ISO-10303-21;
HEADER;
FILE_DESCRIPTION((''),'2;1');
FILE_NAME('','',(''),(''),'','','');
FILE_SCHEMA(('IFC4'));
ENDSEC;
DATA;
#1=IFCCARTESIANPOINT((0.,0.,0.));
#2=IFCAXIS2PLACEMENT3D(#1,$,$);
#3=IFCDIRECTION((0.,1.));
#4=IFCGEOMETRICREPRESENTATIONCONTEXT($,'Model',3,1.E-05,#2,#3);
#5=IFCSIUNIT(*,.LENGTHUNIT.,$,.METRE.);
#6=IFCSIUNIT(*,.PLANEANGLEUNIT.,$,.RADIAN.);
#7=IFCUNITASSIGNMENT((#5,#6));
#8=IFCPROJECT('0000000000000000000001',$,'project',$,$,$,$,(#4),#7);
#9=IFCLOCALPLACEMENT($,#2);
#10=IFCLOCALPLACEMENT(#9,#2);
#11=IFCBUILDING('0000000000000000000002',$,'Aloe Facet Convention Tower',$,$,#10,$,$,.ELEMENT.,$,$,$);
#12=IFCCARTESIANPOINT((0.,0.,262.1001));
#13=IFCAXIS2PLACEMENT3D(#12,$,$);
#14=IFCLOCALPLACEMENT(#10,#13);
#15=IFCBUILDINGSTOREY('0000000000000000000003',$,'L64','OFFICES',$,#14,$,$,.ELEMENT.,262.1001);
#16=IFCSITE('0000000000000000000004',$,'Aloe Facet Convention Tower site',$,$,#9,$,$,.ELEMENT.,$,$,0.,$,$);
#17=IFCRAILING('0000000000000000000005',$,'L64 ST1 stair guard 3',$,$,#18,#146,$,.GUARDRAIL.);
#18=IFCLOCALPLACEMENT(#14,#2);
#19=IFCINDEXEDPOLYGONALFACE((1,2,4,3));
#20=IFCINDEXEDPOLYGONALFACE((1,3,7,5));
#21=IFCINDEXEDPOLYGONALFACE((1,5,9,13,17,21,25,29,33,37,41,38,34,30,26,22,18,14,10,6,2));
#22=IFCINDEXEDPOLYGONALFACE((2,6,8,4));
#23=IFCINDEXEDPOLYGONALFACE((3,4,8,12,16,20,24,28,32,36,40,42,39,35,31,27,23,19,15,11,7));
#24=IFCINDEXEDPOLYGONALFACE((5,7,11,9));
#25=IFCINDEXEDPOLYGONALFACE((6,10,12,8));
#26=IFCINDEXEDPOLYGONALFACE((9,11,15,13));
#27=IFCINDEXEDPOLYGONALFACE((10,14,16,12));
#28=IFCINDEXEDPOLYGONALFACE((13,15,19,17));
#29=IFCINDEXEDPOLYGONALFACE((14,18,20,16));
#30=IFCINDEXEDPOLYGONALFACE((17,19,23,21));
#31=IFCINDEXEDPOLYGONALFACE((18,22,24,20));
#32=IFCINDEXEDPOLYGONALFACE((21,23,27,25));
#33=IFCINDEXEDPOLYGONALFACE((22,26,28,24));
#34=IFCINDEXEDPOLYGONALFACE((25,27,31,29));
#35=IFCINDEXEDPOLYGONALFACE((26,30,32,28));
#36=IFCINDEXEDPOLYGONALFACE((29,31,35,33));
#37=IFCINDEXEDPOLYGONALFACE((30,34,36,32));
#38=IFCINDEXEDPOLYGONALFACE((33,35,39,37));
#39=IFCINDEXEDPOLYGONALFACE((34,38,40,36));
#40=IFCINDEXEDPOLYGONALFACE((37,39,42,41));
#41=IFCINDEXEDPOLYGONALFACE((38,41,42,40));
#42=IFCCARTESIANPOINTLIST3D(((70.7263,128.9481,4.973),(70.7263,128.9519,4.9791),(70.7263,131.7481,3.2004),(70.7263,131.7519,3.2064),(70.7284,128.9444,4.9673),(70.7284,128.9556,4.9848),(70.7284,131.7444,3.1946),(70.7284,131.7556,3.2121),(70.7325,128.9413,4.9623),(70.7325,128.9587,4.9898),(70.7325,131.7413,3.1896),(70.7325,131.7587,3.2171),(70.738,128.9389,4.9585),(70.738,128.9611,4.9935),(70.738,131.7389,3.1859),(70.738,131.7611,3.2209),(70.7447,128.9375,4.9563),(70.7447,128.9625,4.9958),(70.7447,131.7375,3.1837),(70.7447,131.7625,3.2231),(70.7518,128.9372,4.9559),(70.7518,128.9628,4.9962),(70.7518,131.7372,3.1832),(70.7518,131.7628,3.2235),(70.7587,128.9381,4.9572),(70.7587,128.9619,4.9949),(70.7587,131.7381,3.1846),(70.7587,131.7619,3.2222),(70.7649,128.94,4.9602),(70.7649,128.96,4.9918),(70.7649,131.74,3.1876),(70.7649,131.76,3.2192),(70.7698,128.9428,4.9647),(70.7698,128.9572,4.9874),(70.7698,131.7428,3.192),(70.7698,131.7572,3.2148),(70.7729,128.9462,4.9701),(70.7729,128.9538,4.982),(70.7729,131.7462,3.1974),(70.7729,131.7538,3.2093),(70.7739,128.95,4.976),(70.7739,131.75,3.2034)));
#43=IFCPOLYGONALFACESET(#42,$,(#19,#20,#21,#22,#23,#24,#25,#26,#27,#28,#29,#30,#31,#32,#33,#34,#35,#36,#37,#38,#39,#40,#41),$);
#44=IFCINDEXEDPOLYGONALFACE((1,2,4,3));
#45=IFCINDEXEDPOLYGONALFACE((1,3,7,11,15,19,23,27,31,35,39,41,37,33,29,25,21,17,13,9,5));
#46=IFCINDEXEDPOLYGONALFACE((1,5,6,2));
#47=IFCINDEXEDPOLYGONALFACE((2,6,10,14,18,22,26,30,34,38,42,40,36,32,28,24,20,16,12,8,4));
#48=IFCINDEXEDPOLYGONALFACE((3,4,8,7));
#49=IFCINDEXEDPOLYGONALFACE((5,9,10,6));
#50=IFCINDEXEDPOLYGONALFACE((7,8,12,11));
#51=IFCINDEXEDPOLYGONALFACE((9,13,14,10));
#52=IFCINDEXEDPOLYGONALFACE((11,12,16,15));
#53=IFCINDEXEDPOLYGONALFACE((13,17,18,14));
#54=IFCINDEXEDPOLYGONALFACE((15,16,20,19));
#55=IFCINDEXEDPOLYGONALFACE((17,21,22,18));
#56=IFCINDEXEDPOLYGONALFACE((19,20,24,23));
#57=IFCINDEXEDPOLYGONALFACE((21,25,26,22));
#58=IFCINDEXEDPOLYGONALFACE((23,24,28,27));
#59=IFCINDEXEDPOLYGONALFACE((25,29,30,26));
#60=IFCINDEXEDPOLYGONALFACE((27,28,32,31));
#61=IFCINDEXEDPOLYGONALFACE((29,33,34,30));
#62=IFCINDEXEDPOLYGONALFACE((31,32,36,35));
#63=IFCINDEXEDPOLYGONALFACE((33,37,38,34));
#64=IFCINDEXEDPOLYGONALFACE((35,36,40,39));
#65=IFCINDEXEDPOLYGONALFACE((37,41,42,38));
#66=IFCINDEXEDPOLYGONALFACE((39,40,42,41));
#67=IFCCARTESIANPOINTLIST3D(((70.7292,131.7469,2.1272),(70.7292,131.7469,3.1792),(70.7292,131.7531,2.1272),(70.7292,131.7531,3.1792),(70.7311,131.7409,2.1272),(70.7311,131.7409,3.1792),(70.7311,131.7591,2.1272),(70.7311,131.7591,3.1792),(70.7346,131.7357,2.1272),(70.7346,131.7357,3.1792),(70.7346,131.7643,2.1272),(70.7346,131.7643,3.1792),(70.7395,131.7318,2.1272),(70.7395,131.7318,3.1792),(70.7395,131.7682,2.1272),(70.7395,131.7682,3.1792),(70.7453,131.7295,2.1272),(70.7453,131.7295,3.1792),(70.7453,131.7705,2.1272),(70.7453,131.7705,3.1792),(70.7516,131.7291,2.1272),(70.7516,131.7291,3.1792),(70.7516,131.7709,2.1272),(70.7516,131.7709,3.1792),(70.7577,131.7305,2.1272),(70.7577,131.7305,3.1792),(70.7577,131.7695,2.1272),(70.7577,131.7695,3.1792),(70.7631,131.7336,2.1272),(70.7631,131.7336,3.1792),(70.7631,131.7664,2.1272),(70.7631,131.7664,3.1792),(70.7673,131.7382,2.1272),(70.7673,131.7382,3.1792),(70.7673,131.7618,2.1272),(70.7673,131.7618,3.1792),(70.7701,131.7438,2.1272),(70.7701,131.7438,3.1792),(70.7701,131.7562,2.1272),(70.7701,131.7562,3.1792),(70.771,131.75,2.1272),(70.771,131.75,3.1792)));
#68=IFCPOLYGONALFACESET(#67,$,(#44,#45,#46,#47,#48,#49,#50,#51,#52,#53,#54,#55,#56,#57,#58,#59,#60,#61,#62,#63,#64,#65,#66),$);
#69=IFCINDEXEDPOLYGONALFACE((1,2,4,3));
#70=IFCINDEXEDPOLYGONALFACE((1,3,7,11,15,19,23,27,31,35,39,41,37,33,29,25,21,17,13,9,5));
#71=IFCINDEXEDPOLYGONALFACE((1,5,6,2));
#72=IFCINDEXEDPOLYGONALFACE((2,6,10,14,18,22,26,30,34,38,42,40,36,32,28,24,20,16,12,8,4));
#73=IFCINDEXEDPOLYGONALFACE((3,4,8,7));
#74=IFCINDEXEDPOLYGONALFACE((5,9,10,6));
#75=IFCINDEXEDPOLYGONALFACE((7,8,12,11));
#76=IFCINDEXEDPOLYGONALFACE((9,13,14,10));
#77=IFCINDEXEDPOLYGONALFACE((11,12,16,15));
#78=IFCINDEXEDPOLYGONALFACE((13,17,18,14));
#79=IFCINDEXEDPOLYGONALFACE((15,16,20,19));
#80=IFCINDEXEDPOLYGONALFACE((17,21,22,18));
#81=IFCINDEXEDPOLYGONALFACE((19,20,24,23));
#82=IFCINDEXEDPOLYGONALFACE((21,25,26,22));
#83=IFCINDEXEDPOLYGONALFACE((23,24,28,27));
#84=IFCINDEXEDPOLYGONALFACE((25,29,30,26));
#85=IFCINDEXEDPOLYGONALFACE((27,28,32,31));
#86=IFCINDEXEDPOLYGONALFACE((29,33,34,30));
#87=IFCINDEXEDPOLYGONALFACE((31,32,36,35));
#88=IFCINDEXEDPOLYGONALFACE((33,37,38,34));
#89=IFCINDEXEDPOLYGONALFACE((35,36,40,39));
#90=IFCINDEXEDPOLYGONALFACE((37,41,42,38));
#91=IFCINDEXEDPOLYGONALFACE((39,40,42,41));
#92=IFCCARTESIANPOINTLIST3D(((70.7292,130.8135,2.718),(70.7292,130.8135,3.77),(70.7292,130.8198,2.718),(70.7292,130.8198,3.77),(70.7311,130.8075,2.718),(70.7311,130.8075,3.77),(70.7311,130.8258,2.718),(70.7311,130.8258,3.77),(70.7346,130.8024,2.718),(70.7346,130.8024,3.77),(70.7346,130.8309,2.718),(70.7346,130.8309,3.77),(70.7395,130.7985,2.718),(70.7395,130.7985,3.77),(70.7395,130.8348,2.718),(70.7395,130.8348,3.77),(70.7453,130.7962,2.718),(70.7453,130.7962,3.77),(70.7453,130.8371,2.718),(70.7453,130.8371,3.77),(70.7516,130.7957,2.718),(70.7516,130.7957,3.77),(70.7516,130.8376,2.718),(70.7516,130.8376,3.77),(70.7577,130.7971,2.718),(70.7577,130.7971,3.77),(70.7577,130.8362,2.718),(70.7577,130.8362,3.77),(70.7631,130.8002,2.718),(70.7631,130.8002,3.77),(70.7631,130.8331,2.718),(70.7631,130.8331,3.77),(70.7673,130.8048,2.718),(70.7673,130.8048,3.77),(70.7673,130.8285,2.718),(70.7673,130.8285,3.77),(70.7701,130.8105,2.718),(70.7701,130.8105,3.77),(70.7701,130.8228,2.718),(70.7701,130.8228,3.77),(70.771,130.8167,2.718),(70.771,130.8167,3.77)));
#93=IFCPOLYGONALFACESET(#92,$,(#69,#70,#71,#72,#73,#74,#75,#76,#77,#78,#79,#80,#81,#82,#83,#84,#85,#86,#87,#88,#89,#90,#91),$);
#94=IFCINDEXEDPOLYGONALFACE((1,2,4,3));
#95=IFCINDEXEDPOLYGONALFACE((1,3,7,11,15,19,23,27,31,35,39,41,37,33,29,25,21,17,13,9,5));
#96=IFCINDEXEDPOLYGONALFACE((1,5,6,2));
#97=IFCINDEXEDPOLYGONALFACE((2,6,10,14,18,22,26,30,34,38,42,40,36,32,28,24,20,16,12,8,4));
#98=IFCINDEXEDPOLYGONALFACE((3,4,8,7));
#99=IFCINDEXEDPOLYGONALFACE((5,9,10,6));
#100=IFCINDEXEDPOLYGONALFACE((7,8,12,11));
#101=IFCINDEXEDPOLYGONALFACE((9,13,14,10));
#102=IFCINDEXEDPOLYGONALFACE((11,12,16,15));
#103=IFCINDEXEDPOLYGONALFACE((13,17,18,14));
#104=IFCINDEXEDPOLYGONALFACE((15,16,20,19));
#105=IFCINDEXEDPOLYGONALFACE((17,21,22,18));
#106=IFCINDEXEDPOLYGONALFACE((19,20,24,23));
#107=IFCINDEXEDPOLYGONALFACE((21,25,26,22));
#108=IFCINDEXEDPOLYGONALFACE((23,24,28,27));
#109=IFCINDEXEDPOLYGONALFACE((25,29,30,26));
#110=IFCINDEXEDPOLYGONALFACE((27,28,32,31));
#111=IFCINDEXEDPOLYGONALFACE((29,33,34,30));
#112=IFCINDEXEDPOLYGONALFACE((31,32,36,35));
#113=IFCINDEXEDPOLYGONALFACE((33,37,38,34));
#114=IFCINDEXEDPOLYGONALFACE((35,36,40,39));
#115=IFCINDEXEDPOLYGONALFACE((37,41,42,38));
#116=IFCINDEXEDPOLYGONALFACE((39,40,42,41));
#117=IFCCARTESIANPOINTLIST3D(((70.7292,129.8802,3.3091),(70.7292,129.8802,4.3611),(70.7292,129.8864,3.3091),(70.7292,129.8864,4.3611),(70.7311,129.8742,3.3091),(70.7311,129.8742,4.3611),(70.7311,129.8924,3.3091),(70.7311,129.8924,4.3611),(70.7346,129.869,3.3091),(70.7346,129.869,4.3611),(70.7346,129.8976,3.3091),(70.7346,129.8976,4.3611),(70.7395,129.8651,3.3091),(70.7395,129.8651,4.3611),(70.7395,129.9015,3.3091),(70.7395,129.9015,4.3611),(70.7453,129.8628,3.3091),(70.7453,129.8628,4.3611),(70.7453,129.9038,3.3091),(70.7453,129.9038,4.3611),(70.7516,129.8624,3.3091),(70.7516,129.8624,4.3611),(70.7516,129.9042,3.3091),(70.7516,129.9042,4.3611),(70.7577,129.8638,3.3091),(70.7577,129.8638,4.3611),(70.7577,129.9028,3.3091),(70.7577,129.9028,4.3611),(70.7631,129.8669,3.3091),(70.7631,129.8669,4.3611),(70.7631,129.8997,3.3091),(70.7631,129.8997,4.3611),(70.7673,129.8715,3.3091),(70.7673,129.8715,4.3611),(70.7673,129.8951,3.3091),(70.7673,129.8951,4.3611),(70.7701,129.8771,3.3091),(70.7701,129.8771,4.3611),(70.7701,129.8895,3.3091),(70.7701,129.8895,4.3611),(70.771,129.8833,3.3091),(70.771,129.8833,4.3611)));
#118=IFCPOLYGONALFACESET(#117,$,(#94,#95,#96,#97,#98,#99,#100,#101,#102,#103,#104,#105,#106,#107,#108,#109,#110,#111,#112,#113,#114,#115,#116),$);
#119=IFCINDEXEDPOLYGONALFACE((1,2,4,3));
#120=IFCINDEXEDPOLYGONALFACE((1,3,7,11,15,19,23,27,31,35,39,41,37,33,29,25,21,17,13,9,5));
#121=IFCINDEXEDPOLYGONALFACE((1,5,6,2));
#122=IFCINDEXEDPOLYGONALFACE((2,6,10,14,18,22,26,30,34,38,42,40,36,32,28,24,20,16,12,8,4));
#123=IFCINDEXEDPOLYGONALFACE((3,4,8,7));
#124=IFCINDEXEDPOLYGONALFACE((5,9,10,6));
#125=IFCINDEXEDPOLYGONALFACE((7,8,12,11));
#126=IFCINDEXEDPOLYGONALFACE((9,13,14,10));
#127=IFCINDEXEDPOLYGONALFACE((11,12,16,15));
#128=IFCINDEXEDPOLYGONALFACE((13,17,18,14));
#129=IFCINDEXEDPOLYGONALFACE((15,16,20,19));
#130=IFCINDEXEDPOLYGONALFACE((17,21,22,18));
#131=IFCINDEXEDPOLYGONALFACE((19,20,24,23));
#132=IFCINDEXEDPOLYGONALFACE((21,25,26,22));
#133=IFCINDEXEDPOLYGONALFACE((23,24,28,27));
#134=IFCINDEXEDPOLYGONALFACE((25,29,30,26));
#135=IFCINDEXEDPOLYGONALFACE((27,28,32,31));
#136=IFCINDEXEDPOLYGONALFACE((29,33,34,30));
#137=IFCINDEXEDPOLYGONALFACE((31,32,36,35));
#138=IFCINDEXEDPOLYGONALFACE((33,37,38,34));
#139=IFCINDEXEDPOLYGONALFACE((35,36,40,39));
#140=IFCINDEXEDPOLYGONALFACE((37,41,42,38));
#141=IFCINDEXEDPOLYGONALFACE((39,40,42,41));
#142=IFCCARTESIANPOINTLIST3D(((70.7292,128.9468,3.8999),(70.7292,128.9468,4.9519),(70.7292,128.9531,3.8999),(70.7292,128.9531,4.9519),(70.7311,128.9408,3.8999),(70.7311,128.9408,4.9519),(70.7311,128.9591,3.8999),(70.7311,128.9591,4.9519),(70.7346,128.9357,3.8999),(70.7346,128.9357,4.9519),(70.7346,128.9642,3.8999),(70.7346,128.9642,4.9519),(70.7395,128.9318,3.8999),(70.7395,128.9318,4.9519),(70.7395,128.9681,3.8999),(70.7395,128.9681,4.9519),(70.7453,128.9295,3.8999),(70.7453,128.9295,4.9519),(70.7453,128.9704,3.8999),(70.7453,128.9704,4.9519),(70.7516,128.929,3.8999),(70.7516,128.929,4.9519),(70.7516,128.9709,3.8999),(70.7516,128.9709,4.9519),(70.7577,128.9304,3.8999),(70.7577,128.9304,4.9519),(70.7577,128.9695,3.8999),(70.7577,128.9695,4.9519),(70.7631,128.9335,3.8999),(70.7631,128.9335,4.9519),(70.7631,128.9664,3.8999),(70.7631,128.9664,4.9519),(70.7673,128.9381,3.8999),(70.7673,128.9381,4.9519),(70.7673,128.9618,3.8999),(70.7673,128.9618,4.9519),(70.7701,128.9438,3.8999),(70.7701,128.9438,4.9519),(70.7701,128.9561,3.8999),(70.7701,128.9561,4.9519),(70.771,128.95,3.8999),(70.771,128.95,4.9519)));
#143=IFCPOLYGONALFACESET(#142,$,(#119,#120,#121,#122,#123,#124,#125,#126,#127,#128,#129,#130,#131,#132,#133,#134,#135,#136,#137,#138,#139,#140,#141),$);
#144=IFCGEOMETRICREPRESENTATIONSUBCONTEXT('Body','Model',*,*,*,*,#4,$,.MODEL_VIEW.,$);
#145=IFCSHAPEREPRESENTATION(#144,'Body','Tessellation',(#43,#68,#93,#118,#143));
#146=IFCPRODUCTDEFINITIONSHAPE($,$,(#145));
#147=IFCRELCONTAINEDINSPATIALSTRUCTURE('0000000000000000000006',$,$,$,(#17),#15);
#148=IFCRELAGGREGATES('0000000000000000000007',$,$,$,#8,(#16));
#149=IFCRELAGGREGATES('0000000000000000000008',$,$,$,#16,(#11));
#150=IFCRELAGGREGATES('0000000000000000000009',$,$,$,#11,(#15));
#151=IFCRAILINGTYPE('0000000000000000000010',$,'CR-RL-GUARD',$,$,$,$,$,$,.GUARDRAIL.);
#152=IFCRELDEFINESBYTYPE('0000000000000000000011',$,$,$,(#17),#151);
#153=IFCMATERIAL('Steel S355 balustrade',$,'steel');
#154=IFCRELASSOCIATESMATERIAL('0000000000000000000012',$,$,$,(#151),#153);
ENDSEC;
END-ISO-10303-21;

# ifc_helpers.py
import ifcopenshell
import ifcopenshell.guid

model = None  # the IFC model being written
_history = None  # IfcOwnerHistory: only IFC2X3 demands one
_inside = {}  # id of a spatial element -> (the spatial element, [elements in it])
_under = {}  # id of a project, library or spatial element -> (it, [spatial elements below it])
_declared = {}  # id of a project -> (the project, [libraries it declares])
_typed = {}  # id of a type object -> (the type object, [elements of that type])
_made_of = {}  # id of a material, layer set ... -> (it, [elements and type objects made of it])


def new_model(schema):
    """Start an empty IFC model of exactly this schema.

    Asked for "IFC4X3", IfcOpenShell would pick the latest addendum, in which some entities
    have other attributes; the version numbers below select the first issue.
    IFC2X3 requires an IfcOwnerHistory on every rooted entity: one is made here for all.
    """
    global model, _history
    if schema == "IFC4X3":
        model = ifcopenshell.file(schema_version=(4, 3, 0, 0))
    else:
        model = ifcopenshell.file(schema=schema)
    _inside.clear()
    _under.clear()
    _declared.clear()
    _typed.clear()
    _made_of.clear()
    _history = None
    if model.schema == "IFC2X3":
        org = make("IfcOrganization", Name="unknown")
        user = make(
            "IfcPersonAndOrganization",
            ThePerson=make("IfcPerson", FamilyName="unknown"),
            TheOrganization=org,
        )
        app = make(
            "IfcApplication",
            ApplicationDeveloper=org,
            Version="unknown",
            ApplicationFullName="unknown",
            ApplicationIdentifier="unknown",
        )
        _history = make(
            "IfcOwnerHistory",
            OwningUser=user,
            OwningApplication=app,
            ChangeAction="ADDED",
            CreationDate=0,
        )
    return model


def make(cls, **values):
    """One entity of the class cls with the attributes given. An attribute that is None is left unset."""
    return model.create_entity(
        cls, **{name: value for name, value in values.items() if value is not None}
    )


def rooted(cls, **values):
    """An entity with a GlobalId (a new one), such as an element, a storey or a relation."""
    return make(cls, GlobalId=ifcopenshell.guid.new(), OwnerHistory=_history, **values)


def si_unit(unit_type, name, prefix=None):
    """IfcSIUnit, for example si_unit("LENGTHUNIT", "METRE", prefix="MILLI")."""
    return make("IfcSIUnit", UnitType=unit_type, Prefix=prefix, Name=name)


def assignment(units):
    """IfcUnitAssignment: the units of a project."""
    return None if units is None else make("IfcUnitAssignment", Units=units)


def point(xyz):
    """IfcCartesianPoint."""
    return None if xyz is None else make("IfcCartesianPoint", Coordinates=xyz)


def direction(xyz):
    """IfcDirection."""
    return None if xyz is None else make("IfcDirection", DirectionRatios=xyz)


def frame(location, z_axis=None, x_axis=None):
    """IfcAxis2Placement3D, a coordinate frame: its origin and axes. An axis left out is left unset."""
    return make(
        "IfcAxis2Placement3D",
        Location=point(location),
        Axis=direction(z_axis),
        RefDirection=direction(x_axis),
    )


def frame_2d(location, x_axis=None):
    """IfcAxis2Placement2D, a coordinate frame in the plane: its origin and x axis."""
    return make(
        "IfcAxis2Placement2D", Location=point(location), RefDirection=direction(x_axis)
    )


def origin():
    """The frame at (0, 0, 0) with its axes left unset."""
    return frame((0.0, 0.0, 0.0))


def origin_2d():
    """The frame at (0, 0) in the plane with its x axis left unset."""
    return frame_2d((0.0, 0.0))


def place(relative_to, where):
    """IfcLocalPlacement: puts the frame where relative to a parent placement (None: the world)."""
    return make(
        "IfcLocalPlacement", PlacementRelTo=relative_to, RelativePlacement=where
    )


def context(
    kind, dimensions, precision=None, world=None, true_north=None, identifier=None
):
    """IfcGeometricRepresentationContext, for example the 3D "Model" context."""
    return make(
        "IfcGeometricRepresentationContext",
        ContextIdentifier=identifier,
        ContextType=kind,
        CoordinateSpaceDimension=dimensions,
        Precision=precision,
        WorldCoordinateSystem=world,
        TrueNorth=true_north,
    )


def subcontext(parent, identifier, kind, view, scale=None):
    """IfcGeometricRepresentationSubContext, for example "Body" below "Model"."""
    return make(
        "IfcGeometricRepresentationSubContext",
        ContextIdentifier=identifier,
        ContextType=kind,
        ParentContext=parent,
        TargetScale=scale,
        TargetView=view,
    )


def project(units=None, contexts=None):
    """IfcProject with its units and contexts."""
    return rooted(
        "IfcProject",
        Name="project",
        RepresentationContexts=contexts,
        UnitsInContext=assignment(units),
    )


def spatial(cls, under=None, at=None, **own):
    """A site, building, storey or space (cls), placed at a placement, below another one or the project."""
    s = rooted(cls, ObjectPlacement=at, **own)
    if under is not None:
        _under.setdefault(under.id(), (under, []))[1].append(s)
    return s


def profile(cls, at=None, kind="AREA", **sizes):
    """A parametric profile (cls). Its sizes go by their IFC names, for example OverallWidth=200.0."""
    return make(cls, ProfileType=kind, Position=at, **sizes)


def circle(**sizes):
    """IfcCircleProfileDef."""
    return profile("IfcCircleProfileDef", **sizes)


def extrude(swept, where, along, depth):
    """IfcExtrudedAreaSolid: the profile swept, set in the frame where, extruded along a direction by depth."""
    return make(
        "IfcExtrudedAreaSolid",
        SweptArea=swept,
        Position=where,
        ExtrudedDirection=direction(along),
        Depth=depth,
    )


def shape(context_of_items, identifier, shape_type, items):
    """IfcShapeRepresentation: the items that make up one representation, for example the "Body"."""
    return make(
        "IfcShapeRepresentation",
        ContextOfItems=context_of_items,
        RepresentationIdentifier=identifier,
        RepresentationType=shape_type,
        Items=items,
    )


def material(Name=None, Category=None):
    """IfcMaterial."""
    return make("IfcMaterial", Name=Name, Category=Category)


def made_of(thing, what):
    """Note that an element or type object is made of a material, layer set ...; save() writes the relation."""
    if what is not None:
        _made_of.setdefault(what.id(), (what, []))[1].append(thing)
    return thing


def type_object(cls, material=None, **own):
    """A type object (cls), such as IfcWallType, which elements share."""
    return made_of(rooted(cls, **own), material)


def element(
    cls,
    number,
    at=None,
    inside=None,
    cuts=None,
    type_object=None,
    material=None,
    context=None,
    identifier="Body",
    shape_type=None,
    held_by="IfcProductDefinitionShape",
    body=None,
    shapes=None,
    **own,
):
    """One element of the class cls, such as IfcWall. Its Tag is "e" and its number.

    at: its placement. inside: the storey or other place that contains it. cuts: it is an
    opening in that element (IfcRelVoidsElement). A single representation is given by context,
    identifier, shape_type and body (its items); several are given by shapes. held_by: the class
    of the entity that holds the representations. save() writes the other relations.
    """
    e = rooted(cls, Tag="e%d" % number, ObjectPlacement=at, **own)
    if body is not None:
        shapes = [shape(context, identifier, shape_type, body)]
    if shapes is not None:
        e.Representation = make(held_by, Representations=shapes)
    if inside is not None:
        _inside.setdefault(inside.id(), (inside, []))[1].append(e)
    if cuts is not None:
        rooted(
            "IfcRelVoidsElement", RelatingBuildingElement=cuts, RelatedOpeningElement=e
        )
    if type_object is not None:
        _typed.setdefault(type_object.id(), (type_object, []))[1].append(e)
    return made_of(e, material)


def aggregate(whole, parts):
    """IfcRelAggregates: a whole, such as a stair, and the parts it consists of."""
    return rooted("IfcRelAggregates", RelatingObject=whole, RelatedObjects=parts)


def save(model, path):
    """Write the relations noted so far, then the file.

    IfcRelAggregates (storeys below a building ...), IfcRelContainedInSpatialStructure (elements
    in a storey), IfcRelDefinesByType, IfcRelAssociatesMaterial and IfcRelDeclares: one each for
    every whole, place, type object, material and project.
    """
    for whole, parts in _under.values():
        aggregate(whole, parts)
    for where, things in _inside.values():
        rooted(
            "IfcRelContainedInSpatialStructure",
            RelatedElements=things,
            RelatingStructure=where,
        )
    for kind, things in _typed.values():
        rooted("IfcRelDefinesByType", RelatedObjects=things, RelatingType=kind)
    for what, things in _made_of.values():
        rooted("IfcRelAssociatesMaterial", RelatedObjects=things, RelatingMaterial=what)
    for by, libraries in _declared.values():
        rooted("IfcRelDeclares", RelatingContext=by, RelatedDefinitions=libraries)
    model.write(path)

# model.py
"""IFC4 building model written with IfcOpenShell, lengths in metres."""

from ifc_helpers import new_model, si_unit, direction, frame, origin, origin_2d, place, context, subcontext, project, spatial, circle, extrude, material, type_object, element, save


model = new_model("IFC4")

# Units and contexts
model_context = context("Model", 3, precision=1e-05, world=origin(), true_north=direction((0.0, 1.0)))
body_context = subcontext(model_context, "Body", "Model", "MODEL_VIEW")
ifc_project = project(units=[si_unit("LENGTHUNIT", "METRE"), si_unit("PLANEANGLEUNIT", "RADIAN")], contexts=[model_context])

# Site, building, storey
site_placement = place(None, origin())
site = spatial("IfcSite", under=ifc_project, at=site_placement, Name="Aloe Facet Convention Tower site", CompositionType="ELEMENT", RefElevation=0.0)
building_placement = place(site_placement, origin())
building = spatial("IfcBuilding", under=site, at=building_placement, Name="Aloe Facet Convention Tower", CompositionType="ELEMENT")
storey_placement = place(building_placement, frame((0.0, 0.0, 262.1001)))
storey = spatial("IfcBuildingStorey", under=building, at=storey_placement, Name="L64", Description="OFFICES", CompositionType="ELEMENT", Elevation=262.1001)

# Railing
ifc_material_1 = material(Name="Steel S355 balustrade", Category="steel")
railing_type_1 = type_object("IfcRailingType", Name="CR-RL-GUARD", PredefinedType="GUARDRAIL", material=ifc_material_1)
railing_1_placement = place(storey_placement, frame((70.75, 131.75, 2.1272)))
element("IfcRailing", 1, at=railing_1_placement, inside=storey, type_object=railing_type_1, Name="L64 ST1 stair guard 3", PredefinedType="GUARDRAIL", context=body_context, shape_type="SweptSolid", body=[
    extrude(circle(Radius=0.0239, at=origin_2d()), frame((0.0, 0.0, 1.0762), z_axis=(0.0, -0.844909, 0.53491), x_axis=(1.0, 0.0, 0.0)), (0.0, 0.0, 1.0), 3.314),
    extrude(circle(Radius=0.021, at=origin_2d()), origin(), (0.0, 0.0, 1.0), 1.052),
    extrude(circle(Radius=0.021, at=origin_2d()), frame((0.0, -0.9333, 0.5908)), (0.0, 0.0, 1.0), 1.052),
    extrude(circle(Radius=0.021, at=origin_2d()), frame((0.0, -1.8667, 1.1819)), (0.0, 0.0, 1.0), 1.052),
    extrude(circle(Radius=0.021, at=origin_2d()), frame((0.0, -2.8, 1.7727)), (0.0, 0.0, 1.0), 1.052),
])

save(model, "model.ifc")
